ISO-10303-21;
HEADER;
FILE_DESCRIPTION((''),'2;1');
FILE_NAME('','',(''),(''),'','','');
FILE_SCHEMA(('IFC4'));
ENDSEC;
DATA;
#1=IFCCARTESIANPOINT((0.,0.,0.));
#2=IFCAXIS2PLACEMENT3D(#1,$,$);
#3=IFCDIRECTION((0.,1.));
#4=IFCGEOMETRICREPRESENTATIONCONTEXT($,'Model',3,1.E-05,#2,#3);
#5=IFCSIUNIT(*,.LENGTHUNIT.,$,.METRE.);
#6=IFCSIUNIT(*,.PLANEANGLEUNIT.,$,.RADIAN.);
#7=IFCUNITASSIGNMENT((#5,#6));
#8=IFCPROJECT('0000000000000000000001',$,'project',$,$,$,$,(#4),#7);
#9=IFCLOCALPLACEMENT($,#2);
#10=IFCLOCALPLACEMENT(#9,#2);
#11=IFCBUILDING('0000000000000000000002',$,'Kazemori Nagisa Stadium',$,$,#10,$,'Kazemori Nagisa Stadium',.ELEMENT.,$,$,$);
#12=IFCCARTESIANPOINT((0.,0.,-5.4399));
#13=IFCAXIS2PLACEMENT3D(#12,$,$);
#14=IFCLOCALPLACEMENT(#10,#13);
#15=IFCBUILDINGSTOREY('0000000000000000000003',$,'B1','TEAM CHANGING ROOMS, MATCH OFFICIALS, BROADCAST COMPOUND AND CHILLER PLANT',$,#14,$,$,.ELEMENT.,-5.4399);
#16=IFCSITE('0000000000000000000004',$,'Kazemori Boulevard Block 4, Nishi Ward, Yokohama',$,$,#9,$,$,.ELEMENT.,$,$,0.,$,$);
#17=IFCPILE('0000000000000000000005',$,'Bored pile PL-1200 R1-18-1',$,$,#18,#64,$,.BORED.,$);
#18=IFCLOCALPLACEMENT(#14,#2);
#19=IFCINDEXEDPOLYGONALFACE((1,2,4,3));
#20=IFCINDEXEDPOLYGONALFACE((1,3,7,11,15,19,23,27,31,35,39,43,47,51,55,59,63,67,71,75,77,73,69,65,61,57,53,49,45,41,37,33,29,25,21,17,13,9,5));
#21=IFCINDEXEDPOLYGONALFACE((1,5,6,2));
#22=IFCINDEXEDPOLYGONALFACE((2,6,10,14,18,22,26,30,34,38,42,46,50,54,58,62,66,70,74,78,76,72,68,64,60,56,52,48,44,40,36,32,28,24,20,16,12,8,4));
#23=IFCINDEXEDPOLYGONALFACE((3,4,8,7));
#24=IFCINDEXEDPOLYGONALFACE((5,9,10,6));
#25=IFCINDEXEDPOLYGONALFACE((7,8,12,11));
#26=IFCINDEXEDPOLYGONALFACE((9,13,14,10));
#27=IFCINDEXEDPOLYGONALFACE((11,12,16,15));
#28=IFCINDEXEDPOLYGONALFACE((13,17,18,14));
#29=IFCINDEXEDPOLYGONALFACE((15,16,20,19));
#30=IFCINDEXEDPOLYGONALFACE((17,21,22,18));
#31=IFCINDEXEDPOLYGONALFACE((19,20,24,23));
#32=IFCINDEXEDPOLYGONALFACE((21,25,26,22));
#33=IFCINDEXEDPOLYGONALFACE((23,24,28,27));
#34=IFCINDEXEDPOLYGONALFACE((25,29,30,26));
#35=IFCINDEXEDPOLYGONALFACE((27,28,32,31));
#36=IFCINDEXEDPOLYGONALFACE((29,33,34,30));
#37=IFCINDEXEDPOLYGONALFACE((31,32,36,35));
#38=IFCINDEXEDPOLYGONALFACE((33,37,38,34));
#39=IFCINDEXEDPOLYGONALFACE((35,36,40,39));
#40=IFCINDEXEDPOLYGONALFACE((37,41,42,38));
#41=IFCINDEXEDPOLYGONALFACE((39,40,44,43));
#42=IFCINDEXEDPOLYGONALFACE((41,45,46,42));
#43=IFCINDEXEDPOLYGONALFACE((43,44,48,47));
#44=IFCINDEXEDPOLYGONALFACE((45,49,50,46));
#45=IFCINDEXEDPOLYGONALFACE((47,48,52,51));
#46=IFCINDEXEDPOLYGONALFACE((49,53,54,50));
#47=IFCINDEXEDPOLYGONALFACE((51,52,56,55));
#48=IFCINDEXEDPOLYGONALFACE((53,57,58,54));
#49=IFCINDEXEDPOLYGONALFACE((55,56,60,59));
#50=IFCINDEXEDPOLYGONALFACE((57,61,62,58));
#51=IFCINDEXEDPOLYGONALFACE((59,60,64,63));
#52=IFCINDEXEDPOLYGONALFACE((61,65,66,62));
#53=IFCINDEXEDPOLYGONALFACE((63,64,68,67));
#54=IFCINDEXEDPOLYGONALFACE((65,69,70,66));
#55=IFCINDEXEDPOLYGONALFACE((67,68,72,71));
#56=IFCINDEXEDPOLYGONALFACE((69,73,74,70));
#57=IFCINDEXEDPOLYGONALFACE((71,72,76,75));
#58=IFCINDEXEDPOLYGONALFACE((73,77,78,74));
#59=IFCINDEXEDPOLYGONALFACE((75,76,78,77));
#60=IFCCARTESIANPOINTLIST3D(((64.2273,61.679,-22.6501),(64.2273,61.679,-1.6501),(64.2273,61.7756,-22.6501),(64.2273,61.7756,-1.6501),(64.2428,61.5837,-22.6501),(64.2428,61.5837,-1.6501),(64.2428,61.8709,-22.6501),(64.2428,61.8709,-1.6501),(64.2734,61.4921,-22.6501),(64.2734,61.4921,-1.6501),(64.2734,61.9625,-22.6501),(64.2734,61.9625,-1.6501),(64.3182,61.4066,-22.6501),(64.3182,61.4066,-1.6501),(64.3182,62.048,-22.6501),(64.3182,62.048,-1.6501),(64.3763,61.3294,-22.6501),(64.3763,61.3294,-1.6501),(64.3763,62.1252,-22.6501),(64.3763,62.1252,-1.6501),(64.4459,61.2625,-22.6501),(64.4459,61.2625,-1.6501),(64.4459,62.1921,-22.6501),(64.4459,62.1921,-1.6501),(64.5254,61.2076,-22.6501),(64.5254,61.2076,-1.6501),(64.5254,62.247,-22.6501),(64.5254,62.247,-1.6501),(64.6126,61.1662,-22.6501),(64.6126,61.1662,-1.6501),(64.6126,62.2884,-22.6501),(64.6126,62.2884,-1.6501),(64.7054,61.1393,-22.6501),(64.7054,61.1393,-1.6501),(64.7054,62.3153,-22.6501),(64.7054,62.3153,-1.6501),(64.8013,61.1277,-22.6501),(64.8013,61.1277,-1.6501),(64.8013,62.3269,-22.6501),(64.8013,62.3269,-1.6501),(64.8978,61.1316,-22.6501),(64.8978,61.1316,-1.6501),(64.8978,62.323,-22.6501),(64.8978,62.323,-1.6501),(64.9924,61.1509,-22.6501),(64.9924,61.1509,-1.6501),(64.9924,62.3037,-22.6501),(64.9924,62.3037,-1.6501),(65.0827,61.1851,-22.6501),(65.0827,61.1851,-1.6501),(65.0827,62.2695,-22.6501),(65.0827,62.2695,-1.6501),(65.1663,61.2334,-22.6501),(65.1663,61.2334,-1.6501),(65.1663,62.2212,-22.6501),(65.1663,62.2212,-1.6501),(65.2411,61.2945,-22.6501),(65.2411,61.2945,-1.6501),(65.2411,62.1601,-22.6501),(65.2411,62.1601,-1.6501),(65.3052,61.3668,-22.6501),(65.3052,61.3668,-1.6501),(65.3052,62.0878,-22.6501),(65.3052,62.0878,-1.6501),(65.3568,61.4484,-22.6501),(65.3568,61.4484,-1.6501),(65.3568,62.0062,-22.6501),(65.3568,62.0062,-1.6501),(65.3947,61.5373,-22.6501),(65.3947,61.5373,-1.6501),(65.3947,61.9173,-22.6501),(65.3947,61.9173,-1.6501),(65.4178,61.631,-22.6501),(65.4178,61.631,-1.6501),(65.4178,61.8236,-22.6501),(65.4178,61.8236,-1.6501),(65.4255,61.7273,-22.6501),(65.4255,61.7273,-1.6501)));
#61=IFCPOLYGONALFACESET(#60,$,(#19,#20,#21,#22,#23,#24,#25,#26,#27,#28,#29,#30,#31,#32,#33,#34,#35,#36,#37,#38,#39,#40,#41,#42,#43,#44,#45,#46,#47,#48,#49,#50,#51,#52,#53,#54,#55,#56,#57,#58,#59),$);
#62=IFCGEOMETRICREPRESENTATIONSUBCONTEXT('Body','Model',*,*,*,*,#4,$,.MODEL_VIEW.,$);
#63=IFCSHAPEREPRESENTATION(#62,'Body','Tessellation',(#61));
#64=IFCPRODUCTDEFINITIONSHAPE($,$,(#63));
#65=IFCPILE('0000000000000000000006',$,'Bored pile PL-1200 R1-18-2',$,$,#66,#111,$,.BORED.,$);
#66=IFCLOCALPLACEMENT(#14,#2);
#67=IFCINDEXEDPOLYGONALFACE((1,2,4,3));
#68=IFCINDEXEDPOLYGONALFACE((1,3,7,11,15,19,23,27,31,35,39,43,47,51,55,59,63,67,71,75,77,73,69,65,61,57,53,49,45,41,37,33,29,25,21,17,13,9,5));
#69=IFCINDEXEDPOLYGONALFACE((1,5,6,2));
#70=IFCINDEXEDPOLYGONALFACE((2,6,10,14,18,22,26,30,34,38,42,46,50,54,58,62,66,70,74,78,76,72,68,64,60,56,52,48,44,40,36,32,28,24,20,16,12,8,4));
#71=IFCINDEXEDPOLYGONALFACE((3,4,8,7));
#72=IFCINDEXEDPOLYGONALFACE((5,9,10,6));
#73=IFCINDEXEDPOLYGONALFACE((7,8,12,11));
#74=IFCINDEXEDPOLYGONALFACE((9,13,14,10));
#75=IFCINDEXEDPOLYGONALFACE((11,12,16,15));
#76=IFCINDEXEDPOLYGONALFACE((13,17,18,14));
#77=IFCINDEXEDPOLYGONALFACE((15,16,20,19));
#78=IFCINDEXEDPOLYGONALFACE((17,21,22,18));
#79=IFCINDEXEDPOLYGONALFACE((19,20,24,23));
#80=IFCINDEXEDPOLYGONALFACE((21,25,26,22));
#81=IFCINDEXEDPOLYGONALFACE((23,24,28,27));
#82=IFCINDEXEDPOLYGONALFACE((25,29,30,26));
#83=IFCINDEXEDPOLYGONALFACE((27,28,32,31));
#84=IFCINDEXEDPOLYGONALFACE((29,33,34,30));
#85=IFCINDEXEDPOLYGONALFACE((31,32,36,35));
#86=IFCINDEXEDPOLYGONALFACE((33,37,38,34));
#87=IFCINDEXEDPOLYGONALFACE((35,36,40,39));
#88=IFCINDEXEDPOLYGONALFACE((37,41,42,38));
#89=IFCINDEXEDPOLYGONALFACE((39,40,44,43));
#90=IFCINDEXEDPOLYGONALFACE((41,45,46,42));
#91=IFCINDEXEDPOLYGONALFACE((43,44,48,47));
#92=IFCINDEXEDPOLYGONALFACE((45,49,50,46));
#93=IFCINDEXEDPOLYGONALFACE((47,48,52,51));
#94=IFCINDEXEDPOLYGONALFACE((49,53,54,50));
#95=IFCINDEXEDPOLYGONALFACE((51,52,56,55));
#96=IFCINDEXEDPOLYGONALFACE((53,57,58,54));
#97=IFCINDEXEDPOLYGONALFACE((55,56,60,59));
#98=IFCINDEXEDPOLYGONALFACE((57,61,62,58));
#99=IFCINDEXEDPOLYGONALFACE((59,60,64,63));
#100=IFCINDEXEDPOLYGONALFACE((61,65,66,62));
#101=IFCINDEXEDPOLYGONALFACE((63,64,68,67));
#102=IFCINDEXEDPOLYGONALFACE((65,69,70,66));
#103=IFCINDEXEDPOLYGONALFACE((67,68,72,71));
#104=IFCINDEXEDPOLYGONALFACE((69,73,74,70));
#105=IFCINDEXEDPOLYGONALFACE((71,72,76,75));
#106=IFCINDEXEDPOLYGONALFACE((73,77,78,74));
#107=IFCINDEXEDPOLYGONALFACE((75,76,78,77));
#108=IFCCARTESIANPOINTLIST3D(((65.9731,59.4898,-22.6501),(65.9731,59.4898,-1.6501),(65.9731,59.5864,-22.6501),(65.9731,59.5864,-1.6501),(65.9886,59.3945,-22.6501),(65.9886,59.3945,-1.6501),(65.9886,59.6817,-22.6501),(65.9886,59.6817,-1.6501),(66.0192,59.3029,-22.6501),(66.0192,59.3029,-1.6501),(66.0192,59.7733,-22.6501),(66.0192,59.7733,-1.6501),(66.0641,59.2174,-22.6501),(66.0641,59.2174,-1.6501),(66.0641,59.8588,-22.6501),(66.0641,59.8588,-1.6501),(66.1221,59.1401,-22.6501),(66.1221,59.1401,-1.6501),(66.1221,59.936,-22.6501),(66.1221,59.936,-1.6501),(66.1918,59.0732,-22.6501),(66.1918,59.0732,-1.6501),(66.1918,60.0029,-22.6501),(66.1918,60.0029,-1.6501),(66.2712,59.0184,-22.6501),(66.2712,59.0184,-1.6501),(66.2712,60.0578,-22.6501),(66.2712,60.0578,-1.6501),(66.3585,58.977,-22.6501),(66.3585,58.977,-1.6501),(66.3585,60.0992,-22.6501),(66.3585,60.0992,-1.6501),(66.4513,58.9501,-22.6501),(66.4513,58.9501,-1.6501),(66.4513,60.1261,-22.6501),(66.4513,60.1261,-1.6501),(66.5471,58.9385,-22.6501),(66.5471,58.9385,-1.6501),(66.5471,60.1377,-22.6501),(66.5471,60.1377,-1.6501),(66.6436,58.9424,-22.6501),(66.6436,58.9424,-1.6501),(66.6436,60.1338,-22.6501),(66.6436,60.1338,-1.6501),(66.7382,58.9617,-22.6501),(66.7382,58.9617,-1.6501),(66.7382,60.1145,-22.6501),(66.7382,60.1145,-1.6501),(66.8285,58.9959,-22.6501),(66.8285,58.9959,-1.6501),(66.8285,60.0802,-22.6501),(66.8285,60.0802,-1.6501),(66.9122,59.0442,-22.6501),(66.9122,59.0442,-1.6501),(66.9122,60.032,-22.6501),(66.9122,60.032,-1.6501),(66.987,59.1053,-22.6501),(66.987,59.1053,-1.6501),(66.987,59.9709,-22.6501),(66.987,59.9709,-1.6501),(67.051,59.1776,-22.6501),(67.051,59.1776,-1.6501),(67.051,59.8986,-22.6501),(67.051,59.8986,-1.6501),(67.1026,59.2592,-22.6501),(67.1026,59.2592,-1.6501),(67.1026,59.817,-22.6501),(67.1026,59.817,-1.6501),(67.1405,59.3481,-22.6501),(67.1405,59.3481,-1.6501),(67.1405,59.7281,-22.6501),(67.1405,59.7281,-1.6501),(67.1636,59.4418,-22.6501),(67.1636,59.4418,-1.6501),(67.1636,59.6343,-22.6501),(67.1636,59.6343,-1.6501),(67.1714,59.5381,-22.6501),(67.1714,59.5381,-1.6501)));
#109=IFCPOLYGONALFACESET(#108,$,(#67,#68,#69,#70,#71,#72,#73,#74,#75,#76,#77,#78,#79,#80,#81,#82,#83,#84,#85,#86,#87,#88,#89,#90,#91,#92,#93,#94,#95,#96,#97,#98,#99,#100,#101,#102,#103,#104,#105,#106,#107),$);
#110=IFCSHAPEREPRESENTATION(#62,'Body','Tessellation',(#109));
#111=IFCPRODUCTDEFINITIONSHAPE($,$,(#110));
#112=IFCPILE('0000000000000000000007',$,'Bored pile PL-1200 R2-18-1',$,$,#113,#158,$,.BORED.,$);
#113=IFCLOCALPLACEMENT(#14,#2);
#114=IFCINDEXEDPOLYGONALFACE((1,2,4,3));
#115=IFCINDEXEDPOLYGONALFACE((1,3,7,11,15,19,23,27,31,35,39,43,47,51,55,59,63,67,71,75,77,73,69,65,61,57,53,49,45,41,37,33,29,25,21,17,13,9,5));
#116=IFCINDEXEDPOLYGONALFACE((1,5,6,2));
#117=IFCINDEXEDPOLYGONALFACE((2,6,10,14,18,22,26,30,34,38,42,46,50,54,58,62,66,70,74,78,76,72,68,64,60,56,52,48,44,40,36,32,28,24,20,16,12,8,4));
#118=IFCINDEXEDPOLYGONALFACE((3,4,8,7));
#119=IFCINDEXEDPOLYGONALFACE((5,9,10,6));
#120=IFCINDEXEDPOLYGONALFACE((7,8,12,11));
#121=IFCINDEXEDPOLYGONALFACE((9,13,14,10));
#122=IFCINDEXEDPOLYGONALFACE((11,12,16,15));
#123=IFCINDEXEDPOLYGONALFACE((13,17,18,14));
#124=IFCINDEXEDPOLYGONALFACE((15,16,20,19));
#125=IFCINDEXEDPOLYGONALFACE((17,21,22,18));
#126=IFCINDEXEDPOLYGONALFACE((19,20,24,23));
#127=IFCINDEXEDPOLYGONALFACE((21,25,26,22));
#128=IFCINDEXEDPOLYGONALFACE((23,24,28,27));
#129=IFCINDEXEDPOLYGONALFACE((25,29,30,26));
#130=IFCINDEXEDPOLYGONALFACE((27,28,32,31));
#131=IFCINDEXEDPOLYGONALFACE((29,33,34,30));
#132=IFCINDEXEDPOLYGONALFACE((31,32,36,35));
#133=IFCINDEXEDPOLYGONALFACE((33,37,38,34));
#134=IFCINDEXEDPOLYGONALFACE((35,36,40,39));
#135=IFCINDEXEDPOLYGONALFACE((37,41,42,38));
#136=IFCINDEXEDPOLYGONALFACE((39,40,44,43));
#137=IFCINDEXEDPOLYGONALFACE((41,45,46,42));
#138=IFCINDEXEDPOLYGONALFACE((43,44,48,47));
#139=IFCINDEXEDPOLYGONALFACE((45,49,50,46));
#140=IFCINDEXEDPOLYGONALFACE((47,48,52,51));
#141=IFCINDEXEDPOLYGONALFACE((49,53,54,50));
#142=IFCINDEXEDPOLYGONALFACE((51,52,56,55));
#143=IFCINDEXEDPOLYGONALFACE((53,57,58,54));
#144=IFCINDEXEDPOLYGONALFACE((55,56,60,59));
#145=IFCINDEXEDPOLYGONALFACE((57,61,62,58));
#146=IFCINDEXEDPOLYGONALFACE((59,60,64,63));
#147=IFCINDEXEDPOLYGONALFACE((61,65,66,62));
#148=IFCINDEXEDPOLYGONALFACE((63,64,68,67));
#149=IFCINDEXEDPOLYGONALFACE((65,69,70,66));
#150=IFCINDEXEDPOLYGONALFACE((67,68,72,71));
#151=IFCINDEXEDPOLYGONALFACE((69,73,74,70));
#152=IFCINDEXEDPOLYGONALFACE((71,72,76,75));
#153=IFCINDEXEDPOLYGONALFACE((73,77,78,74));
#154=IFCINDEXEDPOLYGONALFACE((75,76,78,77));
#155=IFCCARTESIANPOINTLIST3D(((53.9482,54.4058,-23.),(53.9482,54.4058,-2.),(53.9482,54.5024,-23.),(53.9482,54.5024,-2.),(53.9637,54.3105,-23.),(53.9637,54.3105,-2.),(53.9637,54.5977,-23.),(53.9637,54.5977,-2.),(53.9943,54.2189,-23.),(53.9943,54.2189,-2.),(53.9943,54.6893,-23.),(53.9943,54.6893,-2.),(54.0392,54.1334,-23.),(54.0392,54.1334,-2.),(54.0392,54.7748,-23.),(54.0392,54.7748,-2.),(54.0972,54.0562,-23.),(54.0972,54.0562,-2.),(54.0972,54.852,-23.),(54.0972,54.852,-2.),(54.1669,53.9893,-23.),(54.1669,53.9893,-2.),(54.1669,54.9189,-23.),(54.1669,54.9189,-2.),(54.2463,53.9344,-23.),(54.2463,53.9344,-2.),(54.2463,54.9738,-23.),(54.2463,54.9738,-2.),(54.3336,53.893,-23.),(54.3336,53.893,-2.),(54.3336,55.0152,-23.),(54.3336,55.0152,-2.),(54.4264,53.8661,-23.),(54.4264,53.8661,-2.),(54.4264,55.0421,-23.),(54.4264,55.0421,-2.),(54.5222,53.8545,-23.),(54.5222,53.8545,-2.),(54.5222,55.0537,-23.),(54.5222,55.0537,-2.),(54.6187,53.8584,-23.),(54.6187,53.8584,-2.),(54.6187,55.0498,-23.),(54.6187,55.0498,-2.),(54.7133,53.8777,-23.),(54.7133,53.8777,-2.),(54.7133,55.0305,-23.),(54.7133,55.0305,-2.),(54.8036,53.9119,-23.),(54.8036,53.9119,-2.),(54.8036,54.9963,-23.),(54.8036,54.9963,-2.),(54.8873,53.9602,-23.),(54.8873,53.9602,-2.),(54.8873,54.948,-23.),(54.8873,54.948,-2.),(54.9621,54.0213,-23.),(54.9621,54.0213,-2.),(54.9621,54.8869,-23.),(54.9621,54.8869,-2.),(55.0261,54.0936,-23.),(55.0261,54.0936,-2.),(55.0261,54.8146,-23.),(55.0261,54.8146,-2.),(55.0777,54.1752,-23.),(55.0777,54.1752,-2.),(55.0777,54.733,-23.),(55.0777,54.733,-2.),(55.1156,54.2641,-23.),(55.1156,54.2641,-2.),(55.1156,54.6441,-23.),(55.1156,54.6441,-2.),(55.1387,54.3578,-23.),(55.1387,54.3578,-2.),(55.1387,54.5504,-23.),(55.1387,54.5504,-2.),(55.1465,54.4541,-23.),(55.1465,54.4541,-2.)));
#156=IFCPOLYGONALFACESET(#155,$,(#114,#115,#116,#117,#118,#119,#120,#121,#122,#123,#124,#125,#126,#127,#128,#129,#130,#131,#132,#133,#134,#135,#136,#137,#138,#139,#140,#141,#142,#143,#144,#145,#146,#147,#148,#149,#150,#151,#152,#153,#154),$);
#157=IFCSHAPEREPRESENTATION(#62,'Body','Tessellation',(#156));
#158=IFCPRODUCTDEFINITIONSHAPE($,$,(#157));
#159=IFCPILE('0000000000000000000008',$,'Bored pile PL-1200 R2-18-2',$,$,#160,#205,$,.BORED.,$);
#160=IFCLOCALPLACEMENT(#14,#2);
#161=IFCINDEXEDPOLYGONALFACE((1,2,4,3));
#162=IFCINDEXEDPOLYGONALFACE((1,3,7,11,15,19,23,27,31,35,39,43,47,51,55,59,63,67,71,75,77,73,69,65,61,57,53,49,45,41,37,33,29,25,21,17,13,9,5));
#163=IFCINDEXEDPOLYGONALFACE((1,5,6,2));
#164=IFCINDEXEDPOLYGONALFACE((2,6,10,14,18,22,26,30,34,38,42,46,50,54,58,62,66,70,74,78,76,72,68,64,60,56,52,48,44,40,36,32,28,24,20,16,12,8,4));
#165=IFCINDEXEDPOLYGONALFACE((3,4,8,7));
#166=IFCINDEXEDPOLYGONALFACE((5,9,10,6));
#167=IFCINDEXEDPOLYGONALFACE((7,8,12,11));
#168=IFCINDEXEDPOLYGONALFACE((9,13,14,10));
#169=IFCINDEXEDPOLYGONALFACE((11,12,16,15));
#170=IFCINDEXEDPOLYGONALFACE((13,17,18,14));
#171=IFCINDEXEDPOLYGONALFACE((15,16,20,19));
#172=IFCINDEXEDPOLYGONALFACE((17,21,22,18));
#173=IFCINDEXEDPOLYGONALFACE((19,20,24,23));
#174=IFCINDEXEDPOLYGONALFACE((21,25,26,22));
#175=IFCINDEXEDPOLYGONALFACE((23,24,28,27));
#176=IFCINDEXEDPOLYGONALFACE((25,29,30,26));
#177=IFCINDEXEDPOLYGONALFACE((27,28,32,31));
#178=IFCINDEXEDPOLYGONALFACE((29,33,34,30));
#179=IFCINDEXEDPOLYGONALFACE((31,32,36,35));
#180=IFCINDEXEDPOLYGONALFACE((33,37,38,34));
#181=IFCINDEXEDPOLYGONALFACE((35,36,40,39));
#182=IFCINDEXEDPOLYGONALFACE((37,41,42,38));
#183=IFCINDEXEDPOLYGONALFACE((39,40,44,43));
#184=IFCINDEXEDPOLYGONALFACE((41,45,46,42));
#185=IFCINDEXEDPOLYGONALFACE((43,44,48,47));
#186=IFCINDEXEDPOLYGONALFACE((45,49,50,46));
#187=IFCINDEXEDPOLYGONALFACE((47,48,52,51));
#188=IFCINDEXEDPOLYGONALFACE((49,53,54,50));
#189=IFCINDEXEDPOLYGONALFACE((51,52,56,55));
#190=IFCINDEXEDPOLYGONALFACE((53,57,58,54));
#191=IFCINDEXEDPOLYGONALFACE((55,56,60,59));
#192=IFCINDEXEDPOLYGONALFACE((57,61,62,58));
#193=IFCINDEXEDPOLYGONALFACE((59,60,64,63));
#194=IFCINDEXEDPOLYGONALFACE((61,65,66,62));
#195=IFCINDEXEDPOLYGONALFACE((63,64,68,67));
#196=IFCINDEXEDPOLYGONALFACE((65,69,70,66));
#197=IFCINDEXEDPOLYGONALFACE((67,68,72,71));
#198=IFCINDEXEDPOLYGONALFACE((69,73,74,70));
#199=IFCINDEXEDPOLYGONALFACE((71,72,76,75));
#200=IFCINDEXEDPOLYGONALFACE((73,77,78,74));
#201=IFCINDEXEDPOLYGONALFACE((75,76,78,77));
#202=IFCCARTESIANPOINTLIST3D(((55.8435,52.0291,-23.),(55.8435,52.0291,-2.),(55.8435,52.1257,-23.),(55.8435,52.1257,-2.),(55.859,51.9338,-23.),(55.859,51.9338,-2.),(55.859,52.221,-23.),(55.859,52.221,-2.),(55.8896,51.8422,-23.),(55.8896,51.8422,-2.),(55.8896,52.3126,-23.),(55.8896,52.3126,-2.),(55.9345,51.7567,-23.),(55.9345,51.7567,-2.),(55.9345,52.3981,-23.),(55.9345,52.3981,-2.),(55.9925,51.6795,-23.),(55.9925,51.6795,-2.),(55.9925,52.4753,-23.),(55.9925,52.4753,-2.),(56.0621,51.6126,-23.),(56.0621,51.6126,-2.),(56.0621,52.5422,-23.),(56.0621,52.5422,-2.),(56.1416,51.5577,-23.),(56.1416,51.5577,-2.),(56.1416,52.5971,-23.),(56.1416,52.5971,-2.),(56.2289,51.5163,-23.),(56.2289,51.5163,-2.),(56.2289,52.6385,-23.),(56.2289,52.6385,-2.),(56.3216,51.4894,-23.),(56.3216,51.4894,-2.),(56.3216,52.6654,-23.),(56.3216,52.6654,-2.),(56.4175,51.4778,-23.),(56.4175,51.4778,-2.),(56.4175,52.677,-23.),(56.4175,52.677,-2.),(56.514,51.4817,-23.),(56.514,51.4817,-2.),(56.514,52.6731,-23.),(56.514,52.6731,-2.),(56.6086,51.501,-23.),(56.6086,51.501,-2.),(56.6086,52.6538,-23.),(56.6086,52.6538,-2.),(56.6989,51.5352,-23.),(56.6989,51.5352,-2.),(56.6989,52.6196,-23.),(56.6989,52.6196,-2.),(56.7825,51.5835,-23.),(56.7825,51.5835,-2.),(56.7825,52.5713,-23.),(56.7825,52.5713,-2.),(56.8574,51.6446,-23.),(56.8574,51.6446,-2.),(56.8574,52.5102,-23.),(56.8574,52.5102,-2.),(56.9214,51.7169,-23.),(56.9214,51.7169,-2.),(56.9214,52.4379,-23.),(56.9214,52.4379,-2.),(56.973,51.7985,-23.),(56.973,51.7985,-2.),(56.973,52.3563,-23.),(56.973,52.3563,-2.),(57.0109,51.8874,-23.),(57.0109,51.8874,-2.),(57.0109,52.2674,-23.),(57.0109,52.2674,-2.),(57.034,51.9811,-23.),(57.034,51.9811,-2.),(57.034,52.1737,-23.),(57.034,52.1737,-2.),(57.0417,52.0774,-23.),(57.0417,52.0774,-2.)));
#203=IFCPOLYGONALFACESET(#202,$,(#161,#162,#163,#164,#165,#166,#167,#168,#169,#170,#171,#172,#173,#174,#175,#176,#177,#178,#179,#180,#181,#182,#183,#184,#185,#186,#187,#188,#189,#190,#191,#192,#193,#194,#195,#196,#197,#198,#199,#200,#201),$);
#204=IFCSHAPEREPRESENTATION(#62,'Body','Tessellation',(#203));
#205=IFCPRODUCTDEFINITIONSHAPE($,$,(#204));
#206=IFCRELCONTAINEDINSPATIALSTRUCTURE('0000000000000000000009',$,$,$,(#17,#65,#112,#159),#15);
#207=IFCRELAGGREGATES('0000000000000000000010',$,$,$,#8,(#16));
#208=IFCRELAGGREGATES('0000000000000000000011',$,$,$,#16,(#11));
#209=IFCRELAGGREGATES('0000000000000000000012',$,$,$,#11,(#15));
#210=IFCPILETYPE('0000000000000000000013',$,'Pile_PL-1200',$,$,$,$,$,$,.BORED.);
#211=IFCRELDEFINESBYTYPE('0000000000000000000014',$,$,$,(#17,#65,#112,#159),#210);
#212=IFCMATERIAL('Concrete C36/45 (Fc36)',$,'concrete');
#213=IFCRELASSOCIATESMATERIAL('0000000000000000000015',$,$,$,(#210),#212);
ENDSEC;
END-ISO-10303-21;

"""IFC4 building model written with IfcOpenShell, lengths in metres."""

from ifc_helpers import new_model, si_unit, direction, frame, origin, origin_2d, place, context, subcontext, project, spatial, circle, extrude, material, material_profile, profile_set, type_object, element, save


model = new_model("IFC4")

# Units and contexts
model_context = context("Model", 3, precision=1e-05, world=origin(), true_north=direction((0.0, 1.0)))
body_context = subcontext(model_context, "Body", "Model", "MODEL_VIEW")
ifc_project = project(units=[si_unit("LENGTHUNIT", "METRE"), si_unit("PLANEANGLEUNIT", "RADIAN")], contexts=[model_context])

# Site, building, storey
site_placement = place(None, origin())
site = spatial("IfcSite", under=ifc_project, at=site_placement, Name="Kazemori Boulevard Block 4, Nishi Ward, Yokohama", CompositionType="ELEMENT", RefElevation=0.0)
building_placement = place(site_placement, origin())
building = spatial("IfcBuilding", under=site, at=building_placement, Name="Kazemori Nagisa Stadium", LongName="Kazemori Nagisa Stadium", CompositionType="ELEMENT")
storey_placement = place(building_placement, frame((0.0, 0.0, -5.4399)))
storey = spatial("IfcBuildingStorey", under=building, at=storey_placement, Name="B1", Description="TEAM CHANGING ROOMS, MATCH OFFICIALS, BROADCAST COMPOUND AND CHILLER PLANT", CompositionType="ELEMENT", Elevation=-5.4399)

# Piles
ifc_material_1 = material(Name="Concrete C36/45 (Fc36)", Category="concrete")
ifc_material_profile_1 = material_profile(ifc_material_1, circle(Radius=0.6001, at=origin_2d()), Name="PILE-D1200")
ifc_profile_set_1 = profile_set([ifc_material_profile_1], Name="Concrete C36/45 (Fc36)")
pile_type = type_object("IfcPileType", Name="Pile_PL-1200", PredefinedType="BORED", material=ifc_profile_set_1)
for number, where, z_axis, x_axis, name in (
    (1, (64.8254, 61.7273, -1.6501), (0.0, 0.0, -1.0), (1.0, 0.0, 0.0), "Bored pile PL-1200 R1-18-1"),
    (2, (66.5713, 59.5381, -1.6501), (0.0, 0.0, -1.0), (1.0, 0.0, 0.0), "Bored pile PL-1200 R1-18-2"),
    (3, (54.5464, 54.4541, -2.0), (0.0, 0.0, -1.0), (1.0, 0.0, 0.0), "Bored pile PL-1200 R2-18-1"),
    (4, (56.4417, 52.0774, -2.0), (0.0, 0.0, -1.0), (1.0, 0.0, 0.0), "Bored pile PL-1200 R2-18-2"),
):
    element("IfcPile", number, at=place(storey_placement, frame(where, z_axis=z_axis, x_axis=x_axis)), inside=storey, type_object=pile_type, Name=name, PredefinedType="BORED", context=body_context, shape_type="SweptSolid", body=[
        extrude(circle(Radius=0.6001, at=origin_2d()), origin(), (0.0, 0.0, 1.0), 21.0),
    ])

save(model, "model.ifc")
